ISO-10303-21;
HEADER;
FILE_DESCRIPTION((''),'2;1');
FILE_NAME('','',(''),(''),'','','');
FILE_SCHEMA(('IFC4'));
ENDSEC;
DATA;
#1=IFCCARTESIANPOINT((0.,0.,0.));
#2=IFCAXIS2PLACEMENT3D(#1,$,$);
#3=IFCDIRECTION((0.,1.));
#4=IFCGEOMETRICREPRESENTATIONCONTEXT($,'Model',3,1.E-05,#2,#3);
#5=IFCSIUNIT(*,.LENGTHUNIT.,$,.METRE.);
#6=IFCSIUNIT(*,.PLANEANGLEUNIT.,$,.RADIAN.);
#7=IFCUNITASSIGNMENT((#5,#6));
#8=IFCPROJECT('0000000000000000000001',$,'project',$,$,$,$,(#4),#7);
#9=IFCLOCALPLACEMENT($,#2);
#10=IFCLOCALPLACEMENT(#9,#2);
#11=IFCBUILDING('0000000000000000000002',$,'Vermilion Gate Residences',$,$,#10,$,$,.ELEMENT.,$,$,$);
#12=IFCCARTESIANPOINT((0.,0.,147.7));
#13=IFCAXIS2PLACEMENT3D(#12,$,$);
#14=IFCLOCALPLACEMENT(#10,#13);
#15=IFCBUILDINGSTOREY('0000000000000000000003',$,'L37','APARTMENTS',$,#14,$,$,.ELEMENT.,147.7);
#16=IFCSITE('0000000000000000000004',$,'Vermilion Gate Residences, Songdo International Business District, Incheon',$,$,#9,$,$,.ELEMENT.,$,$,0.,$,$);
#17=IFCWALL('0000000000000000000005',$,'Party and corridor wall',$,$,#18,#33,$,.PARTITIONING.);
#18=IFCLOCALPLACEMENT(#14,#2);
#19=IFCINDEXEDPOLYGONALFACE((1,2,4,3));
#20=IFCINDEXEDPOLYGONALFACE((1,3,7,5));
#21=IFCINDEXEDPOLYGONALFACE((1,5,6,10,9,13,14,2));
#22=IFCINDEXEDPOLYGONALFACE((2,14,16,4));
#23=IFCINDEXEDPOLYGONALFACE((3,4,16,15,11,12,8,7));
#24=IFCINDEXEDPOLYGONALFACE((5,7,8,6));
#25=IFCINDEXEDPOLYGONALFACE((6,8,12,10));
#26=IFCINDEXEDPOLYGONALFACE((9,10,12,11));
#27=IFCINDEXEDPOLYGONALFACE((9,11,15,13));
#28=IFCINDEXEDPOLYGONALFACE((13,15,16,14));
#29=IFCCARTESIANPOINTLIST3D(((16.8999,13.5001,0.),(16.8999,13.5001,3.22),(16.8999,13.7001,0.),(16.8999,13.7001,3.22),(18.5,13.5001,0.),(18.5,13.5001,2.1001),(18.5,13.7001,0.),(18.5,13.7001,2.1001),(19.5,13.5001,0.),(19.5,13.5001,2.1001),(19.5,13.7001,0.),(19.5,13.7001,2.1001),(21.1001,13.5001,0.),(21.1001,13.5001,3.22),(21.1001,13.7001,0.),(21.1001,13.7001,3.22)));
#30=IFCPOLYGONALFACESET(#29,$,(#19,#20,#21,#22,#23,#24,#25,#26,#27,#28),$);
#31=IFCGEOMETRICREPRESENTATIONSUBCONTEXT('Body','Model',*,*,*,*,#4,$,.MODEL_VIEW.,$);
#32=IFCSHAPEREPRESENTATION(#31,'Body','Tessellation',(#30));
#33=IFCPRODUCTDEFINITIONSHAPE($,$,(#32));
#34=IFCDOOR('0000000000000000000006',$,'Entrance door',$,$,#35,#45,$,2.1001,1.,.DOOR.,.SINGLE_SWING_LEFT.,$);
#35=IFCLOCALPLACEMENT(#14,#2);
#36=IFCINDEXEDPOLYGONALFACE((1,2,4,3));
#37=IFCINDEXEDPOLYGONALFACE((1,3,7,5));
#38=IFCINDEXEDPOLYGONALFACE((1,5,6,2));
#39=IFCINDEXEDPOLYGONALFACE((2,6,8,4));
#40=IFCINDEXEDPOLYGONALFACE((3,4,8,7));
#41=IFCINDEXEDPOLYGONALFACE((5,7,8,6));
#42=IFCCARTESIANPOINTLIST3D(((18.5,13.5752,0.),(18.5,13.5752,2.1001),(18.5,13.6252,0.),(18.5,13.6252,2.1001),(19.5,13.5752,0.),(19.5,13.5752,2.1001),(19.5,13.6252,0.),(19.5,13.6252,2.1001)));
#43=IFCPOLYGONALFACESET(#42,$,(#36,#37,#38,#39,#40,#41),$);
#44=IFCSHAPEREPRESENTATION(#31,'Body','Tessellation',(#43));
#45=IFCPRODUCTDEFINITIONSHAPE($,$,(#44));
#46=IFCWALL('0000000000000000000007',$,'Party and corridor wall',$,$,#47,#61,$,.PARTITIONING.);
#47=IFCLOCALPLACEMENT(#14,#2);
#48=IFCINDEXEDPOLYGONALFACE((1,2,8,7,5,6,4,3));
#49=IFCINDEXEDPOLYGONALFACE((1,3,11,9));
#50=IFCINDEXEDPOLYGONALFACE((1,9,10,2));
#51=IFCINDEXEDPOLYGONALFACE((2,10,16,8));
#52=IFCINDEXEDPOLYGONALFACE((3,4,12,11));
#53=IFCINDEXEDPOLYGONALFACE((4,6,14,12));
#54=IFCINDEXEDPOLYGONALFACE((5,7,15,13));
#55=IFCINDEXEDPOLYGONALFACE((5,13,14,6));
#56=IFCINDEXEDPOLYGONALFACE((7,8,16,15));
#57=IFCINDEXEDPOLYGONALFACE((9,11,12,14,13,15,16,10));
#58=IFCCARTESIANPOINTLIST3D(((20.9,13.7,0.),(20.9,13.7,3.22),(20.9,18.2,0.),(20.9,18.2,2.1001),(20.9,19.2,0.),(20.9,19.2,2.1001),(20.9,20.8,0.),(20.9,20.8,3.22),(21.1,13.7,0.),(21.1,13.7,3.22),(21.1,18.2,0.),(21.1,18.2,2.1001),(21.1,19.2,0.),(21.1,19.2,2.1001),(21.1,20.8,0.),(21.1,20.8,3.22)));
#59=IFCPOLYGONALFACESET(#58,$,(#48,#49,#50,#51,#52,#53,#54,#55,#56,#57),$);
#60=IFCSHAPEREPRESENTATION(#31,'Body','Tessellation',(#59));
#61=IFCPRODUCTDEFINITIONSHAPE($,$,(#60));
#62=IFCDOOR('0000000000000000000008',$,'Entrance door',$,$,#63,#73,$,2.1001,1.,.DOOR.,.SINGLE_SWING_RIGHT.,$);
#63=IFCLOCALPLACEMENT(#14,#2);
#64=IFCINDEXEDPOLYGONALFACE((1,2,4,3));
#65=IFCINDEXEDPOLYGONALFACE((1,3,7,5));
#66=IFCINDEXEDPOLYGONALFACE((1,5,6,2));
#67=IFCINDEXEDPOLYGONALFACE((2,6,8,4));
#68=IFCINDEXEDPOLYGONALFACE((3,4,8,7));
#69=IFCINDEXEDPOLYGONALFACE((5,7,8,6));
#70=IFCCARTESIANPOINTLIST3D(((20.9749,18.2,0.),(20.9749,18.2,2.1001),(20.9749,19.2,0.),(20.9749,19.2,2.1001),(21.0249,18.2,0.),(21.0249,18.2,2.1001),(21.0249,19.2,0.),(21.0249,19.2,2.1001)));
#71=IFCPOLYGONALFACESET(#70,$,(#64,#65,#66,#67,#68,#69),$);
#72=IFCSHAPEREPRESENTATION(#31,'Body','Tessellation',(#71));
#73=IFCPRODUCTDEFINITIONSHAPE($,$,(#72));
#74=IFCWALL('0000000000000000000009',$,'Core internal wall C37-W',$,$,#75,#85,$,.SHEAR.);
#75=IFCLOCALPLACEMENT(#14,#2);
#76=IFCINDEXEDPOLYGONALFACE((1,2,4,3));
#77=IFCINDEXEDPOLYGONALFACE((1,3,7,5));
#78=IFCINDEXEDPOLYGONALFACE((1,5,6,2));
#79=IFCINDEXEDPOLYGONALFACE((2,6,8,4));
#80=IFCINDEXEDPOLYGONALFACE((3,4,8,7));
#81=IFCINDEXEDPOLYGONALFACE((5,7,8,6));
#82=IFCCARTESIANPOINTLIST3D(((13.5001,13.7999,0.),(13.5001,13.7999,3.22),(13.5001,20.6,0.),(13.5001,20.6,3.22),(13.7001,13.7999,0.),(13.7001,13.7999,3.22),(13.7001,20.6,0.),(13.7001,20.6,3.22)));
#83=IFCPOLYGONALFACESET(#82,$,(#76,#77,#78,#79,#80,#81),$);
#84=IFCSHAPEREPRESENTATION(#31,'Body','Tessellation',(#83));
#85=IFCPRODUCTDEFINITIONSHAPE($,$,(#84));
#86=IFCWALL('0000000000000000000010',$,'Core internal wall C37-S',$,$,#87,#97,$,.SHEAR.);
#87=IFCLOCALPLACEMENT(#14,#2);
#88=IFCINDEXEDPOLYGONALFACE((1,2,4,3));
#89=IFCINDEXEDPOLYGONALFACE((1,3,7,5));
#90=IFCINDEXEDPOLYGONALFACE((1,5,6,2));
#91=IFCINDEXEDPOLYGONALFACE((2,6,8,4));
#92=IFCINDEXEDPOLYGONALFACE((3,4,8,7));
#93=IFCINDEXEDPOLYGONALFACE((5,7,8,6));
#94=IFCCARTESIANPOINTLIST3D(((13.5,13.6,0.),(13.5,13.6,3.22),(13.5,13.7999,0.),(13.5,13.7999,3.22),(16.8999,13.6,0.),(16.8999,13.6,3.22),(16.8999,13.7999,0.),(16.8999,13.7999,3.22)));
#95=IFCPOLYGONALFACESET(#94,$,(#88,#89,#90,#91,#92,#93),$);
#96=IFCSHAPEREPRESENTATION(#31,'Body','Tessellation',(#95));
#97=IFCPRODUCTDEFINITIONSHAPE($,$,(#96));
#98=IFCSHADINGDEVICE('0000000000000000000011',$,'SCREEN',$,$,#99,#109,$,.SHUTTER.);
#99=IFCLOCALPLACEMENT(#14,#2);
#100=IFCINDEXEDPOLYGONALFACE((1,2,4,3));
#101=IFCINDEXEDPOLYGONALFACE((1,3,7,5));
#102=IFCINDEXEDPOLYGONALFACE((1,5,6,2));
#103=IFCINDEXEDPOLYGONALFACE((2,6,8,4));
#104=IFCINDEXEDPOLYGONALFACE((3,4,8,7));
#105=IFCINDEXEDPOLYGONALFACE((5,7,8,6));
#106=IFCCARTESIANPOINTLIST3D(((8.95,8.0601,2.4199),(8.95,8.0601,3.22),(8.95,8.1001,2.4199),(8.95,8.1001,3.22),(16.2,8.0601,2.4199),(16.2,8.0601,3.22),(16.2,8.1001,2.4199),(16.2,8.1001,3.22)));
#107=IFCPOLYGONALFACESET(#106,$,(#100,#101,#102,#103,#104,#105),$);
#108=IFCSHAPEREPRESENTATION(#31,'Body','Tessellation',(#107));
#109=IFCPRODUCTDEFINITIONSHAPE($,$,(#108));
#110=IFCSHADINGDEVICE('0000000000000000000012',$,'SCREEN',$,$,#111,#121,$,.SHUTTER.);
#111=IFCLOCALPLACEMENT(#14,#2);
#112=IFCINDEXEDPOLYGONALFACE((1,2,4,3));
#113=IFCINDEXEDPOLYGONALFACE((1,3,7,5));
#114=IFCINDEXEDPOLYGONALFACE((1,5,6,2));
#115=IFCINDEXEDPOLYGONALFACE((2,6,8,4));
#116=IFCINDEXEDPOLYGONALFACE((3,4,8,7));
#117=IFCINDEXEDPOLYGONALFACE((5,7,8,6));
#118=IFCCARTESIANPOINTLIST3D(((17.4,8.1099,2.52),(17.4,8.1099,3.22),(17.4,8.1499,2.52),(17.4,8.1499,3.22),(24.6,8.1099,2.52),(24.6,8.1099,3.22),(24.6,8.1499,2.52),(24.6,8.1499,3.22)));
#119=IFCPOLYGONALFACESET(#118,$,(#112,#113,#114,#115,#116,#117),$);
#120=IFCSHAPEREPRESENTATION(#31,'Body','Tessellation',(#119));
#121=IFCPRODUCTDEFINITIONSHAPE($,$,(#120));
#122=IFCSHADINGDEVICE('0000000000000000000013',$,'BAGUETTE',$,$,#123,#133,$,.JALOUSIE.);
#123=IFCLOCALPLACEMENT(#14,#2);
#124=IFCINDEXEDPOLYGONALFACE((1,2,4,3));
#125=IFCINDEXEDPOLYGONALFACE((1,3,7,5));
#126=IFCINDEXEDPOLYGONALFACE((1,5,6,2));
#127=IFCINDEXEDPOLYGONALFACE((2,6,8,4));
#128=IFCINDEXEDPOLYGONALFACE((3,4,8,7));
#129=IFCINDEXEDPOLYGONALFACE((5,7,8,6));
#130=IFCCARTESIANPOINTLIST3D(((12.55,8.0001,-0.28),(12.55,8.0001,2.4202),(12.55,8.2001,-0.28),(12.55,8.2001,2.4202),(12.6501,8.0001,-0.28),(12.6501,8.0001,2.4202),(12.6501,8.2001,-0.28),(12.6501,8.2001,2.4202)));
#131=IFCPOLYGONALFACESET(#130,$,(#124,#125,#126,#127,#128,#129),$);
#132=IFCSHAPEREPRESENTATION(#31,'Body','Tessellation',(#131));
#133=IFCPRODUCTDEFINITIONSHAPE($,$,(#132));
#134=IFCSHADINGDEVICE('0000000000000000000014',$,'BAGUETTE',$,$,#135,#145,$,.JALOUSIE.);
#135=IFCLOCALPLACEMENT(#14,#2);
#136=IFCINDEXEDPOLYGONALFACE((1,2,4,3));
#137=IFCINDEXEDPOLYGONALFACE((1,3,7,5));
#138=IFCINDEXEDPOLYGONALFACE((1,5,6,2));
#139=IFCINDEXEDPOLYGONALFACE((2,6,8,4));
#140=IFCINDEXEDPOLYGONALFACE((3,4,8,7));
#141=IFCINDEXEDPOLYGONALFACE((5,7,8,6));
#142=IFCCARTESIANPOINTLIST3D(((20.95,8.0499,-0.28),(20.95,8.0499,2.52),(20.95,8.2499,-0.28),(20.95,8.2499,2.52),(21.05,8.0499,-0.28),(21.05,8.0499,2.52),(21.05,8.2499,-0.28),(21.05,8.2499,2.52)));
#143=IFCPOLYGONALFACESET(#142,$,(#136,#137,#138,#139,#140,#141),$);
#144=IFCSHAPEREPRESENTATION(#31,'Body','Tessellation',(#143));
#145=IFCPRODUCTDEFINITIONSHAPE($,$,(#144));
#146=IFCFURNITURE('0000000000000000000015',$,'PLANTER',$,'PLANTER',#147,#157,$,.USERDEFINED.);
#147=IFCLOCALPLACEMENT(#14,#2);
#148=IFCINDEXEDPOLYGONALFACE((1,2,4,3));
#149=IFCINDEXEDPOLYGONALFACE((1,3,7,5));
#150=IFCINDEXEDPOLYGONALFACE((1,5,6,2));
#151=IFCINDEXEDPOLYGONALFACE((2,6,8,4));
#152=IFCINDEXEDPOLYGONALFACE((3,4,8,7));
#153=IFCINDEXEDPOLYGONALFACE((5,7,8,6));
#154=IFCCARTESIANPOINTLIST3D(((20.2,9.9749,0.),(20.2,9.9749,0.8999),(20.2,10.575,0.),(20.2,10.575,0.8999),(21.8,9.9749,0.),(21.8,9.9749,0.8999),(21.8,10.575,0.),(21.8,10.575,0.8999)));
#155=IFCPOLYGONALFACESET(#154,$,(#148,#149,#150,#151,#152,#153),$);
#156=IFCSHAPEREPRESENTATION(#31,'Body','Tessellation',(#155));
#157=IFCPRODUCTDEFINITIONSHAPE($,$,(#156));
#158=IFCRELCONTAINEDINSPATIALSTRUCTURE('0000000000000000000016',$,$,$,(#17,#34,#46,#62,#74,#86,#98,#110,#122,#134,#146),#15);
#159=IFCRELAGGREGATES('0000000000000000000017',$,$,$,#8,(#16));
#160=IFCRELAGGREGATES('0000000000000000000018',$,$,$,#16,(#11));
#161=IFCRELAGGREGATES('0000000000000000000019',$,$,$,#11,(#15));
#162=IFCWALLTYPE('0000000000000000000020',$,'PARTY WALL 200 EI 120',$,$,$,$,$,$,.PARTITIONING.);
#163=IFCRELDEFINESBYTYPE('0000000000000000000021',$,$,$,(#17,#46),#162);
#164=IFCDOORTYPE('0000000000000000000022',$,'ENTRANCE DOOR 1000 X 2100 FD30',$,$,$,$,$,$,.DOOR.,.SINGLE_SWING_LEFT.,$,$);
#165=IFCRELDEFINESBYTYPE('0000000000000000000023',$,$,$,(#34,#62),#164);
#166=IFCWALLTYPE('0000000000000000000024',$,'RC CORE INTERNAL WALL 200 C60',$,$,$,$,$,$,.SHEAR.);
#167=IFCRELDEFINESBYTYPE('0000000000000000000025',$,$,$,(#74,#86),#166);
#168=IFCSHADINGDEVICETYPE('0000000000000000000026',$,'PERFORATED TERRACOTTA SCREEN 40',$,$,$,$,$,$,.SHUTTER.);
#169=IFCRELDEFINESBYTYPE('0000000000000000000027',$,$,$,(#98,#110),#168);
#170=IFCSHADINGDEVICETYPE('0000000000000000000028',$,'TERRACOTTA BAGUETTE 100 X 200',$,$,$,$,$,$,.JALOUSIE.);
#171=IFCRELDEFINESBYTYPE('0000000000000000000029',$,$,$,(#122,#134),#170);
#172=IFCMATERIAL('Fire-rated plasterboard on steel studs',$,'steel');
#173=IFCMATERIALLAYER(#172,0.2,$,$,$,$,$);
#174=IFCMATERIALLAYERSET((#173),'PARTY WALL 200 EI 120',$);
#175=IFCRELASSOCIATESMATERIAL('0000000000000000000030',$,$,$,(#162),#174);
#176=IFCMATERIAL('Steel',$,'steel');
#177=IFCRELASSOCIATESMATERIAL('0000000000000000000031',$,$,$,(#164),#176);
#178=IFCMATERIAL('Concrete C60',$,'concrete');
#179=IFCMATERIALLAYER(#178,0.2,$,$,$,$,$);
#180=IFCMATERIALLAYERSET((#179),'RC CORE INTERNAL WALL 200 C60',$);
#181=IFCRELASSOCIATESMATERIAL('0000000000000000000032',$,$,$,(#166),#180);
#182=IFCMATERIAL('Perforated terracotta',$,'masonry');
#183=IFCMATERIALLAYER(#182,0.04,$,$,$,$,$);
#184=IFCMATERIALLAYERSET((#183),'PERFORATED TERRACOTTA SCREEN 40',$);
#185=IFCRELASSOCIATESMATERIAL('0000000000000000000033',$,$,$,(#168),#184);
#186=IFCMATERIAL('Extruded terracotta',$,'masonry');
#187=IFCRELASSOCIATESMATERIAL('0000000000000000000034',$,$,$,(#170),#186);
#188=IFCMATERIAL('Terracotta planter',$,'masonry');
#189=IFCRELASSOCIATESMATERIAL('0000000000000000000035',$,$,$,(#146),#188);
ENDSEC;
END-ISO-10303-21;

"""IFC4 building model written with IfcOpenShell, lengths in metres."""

from ifc_helpers import new_model, si_unit, direction, frame, frame_2d, origin, origin_2d, place, context, subcontext, project, spatial, rectangle, extrude, material, layer, layer_set, material_profile, profile_set, type_object, element, fill, save


model = new_model("IFC4")

# Units and contexts
model_context = context("Model", 3, precision=1e-05, world=origin(), true_north=direction((0.0, 1.0)))
body_context = subcontext(model_context, "Body", "Model", "MODEL_VIEW")
ifc_project = project(units=[si_unit("LENGTHUNIT", "METRE"), si_unit("PLANEANGLEUNIT", "RADIAN")], contexts=[model_context])

# Site, building, storey
site_placement = place(None, origin())
site = spatial("IfcSite", under=ifc_project, at=site_placement, Name="Vermilion Gate Residences, Songdo International Business District, Incheon", CompositionType="ELEMENT", RefElevation=0.0)
building_placement = place(site_placement, origin())
building = spatial("IfcBuilding", under=site, at=building_placement, Name="Vermilion Gate Residences", CompositionType="ELEMENT")
storey_placement = place(building_placement, frame((0.0, 0.0, 147.7)))
storey = spatial("IfcBuildingStorey", under=building, at=storey_placement, Name="L37", Description="APARTMENTS", CompositionType="ELEMENT", Elevation=147.7)

# Walls, openings, doors
ifc_material_1 = material(Name="Fire-rated plasterboard on steel studs", Category="steel")
ifc_layer_1 = layer(ifc_material_1, 0.2)
ifc_layer_set_1 = layer_set([ifc_layer_1], Name="PARTY WALL 200 EI 120")
wall_type_1 = type_object("IfcWallType", Name="PARTY WALL 200 EI 120", PredefinedType="PARTITIONING", material=ifc_layer_set_1)
wall_1_placement = place(storey_placement, frame((16.8999, 13.6001, 0.0), z_axis=(0.0, 0.0, 1.0), x_axis=(1.0, 0.0, 0.0)))
wall_1 = element("IfcWall", 1, at=wall_1_placement, inside=storey, type_object=wall_type_1, Name="Party and corridor wall", PredefinedType="PARTITIONING", context=body_context, shape_type="SweptSolid", body=[
    extrude(rectangle(XDim=4.2002, YDim=0.2, at=frame_2d((2.1001, 0.0))), origin(), (0.0, 0.0, 1.0), 3.22),
])
opening_1_placement = place(wall_1_placement, frame((1.6001, 0.0, 0.0)))
opening_1 = element("IfcOpeningElement", 2, at=opening_1_placement, cuts=wall_1, PredefinedType="OPENING", context=body_context, shape_type="SweptSolid", body=[
    extrude(rectangle(XDim=1.0, YDim=2.1001, at=frame_2d((0.5, 1.05))), frame((0.0, 0.1099, 0.0), z_axis=(0.0, -1.0, 0.0), x_axis=(1.0, 0.0, 0.0)), (0.0, 0.0, 1.0), 0.22),
])
ifc_material_2 = material(Name="Steel", Category="steel")
door_type_1 = type_object("IfcDoorType", Name="ENTRANCE DOOR 1000 X 2100 FD30", OperationType="SINGLE_SWING_LEFT", PredefinedType="DOOR", material=ifc_material_2)
door_1_placement = place(opening_1_placement, frame((1.0, 0.0, 0.0), z_axis=(0.0, 0.0, 1.0), x_axis=(-1.0, 0.0, 0.0)))
door_1 = element("IfcDoor", 3, at=door_1_placement, inside=storey, type_object=door_type_1, Name="Entrance door", OperationType="SINGLE_SWING_LEFT", OverallHeight=2.1001, OverallWidth=1.0, PredefinedType="DOOR", context=body_context, shape_type="SweptSolid", body=[
    extrude(rectangle(XDim=1.0, YDim=2.1001, at=frame_2d((0.5, 1.05))), frame((0.0, 0.0249, 0.0), z_axis=(0.0, -1.0, 0.0), x_axis=(1.0, 0.0, 0.0)), (0.0, 0.0, 1.0), 0.05),
])
fill(opening_1, door_1)
wall_2_placement = place(storey_placement, frame((21.0, 13.7, 0.0), z_axis=(0.0, 0.0, 1.0), x_axis=(0.0, 1.0, 0.0)))
wall_2 = element("IfcWall", 4, at=wall_2_placement, inside=storey, type_object=wall_type_1, Name="Party and corridor wall", PredefinedType="PARTITIONING", context=body_context, shape_type="SweptSolid", body=[
    extrude(rectangle(XDim=7.1001, YDim=0.2, at=frame_2d((3.55, 0.0))), origin(), (0.0, 0.0, 1.0), 3.22),
])
opening_2_placement = place(wall_2_placement, frame((4.5, 0.0, 0.0)))
opening_2 = element("IfcOpeningElement", 5, at=opening_2_placement, cuts=wall_2, PredefinedType="OPENING", context=body_context, shape_type="SweptSolid", body=[
    extrude(rectangle(XDim=1.0, YDim=2.1001, at=frame_2d((0.5, 1.05))), frame((0.0, 0.1099, 0.0), z_axis=(0.0, -1.0, 0.0), x_axis=(1.0, 0.0, 0.0)), (0.0, 0.0, 1.0), 0.22),
])
door_2_placement = place(opening_2_placement, frame((1.0, 0.0, 0.0), z_axis=(0.0, 0.0, 1.0), x_axis=(-1.0, 0.0, 0.0)))
door_2 = element("IfcDoor", 6, at=door_2_placement, inside=storey, type_object=door_type_1, Name="Entrance door", OperationType="SINGLE_SWING_RIGHT", OverallHeight=2.1001, OverallWidth=1.0, PredefinedType="DOOR", context=body_context, shape_type="SweptSolid", body=[
    extrude(rectangle(XDim=1.0, YDim=2.1001, at=frame_2d((0.5, 1.05))), frame((0.0, 0.0249, 0.0), z_axis=(0.0, -1.0, 0.0), x_axis=(1.0, 0.0, 0.0)), (0.0, 0.0, 1.0), 0.05),
])
fill(opening_2, door_2)

# Walls
ifc_material_3 = material(Name="Concrete C60", Category="concrete")
ifc_layer_2 = layer(ifc_material_3, 0.2)
ifc_layer_set_2 = layer_set([ifc_layer_2], Name="RC CORE INTERNAL WALL 200 C60")
wall_type_2 = type_object("IfcWallType", Name="RC CORE INTERNAL WALL 200 C60", PredefinedType="SHEAR", material=ifc_layer_set_2)
wall_3_placement = place(storey_placement, frame((13.6001, 13.8, 0.0), z_axis=(0.0, 0.0, 1.0), x_axis=(0.0, 1.0, 0.0)))
element("IfcWall", 7, at=wall_3_placement, inside=storey, type_object=wall_type_2, Name="Core internal wall C37-W", PredefinedType="SHEAR", context=body_context, shape_type="SweptSolid", body=[
    extrude(rectangle(XDim=6.8, YDim=0.2, at=frame_2d((3.3999, 0.0))), origin(), (0.0, 0.0, 1.0), 3.22),
])
wall_4_placement = place(storey_placement, frame((13.5, 13.7, 0.0), z_axis=(0.0, 0.0, 1.0), x_axis=(1.0, 0.0, 0.0)))
element("IfcWall", 8, at=wall_4_placement, inside=storey, type_object=wall_type_2, Name="Core internal wall C37-S", PredefinedType="SHEAR", context=body_context, shape_type="SweptSolid", body=[
    extrude(rectangle(XDim=3.3999, YDim=0.2, at=frame_2d((1.7, 0.0))), origin(), (0.0, 0.0, 1.0), 3.22),
])

# Shading devices
ifc_material_4 = material(Name="Perforated terracotta", Category="masonry")
ifc_layer_3 = layer(ifc_material_4, 0.04)
ifc_layer_set_3 = layer_set([ifc_layer_3], Name="PERFORATED TERRACOTTA SCREEN 40")
shading_device_type_1 = type_object("IfcShadingDeviceType", Name="PERFORATED TERRACOTTA SCREEN 40", PredefinedType="SHUTTER", material=ifc_layer_set_3)
shading_device_1_placement = place(storey_placement, frame((12.575, 8.0801, 2.4199), z_axis=(0.0, 0.0, 1.0), x_axis=(1.0, 0.0, 0.0)))
element("IfcShadingDevice", 9, at=shading_device_1_placement, inside=storey, type_object=shading_device_type_1, Name="SCREEN", PredefinedType="SHUTTER", context=body_context, shape_type="SweptSolid", body=[
    extrude(rectangle(XDim=7.25, YDim=0.04, at=origin_2d()), origin(), (0.0, 0.0, 1.0), 0.8),
])
shading_device_2_placement = place(storey_placement, frame((21.0, 8.1299, 2.52), z_axis=(0.0, 0.0, 1.0), x_axis=(1.0, 0.0, 0.0)))
element("IfcShadingDevice", 10, at=shading_device_2_placement, inside=storey, type_object=shading_device_type_1, Name="SCREEN", PredefinedType="SHUTTER", context=body_context, shape_type="SweptSolid", body=[
    extrude(rectangle(XDim=7.2, YDim=0.04, at=origin_2d()), origin(), (0.0, 0.0, 1.0), 0.7),
])
ifc_material_5 = material(Name="Extruded terracotta", Category="masonry")
ifc_material_profile_1 = material_profile(ifc_material_5, rectangle(XDim=0.2, YDim=0.1001, at=origin_2d()), Name="BAGUETTE 100 X 200")
ifc_profile_set_1 = profile_set([ifc_material_profile_1], Name="Extruded terracotta")
shading_device_type_2 = type_object("IfcShadingDeviceType", Name="TERRACOTTA BAGUETTE 100 X 200", PredefinedType="JALOUSIE", material=ifc_profile_set_1)
shading_device_3_placement = place(storey_placement, frame((12.6001, 8.1001, -0.28), z_axis=(0.0, 0.0, 1.0), x_axis=(0.0, 1.0, 0.0)))
element("IfcShadingDevice", 11, at=shading_device_3_placement, inside=storey, type_object=shading_device_type_2, Name="BAGUETTE", PredefinedType="JALOUSIE", context=body_context, shape_type="SweptSolid", body=[
    extrude(rectangle(XDim=0.2, YDim=0.1001, at=origin_2d()), origin(), (0.0, 0.0, 1.0), 2.7002),
])
shading_device_4_placement = place(storey_placement, frame((21.0, 8.1499, -0.28), z_axis=(0.0, 0.0, 1.0), x_axis=(0.0, 1.0, 0.0)))
element("IfcShadingDevice", 12, at=shading_device_4_placement, inside=storey, type_object=shading_device_type_2, Name="BAGUETTE", PredefinedType="JALOUSIE", context=body_context, shape_type="SweptSolid", body=[
    extrude(rectangle(XDim=0.2, YDim=0.1001, at=origin_2d()), origin(), (0.0, 0.0, 1.0), 2.8),
])

# Furniture
ifc_material_6 = material(Name="Terracotta planter", Category="masonry")
furniture_placement = place(storey_placement, frame((21.0, 10.2749, 0.0), z_axis=(0.0, 0.0, 1.0), x_axis=(1.0, 0.0, 0.0)))
element("IfcFurniture", 13, at=furniture_placement, inside=storey, material=ifc_material_6, Name="PLANTER", ObjectType="PLANTER", PredefinedType="USERDEFINED", context=body_context, shape_type="SweptSolid", body=[
    extrude(rectangle(XDim=1.6001, YDim=0.6001, at=origin_2d()), origin(), (0.0, 0.0, 1.0), 0.8999),
])

save(model, "model.ifc")
